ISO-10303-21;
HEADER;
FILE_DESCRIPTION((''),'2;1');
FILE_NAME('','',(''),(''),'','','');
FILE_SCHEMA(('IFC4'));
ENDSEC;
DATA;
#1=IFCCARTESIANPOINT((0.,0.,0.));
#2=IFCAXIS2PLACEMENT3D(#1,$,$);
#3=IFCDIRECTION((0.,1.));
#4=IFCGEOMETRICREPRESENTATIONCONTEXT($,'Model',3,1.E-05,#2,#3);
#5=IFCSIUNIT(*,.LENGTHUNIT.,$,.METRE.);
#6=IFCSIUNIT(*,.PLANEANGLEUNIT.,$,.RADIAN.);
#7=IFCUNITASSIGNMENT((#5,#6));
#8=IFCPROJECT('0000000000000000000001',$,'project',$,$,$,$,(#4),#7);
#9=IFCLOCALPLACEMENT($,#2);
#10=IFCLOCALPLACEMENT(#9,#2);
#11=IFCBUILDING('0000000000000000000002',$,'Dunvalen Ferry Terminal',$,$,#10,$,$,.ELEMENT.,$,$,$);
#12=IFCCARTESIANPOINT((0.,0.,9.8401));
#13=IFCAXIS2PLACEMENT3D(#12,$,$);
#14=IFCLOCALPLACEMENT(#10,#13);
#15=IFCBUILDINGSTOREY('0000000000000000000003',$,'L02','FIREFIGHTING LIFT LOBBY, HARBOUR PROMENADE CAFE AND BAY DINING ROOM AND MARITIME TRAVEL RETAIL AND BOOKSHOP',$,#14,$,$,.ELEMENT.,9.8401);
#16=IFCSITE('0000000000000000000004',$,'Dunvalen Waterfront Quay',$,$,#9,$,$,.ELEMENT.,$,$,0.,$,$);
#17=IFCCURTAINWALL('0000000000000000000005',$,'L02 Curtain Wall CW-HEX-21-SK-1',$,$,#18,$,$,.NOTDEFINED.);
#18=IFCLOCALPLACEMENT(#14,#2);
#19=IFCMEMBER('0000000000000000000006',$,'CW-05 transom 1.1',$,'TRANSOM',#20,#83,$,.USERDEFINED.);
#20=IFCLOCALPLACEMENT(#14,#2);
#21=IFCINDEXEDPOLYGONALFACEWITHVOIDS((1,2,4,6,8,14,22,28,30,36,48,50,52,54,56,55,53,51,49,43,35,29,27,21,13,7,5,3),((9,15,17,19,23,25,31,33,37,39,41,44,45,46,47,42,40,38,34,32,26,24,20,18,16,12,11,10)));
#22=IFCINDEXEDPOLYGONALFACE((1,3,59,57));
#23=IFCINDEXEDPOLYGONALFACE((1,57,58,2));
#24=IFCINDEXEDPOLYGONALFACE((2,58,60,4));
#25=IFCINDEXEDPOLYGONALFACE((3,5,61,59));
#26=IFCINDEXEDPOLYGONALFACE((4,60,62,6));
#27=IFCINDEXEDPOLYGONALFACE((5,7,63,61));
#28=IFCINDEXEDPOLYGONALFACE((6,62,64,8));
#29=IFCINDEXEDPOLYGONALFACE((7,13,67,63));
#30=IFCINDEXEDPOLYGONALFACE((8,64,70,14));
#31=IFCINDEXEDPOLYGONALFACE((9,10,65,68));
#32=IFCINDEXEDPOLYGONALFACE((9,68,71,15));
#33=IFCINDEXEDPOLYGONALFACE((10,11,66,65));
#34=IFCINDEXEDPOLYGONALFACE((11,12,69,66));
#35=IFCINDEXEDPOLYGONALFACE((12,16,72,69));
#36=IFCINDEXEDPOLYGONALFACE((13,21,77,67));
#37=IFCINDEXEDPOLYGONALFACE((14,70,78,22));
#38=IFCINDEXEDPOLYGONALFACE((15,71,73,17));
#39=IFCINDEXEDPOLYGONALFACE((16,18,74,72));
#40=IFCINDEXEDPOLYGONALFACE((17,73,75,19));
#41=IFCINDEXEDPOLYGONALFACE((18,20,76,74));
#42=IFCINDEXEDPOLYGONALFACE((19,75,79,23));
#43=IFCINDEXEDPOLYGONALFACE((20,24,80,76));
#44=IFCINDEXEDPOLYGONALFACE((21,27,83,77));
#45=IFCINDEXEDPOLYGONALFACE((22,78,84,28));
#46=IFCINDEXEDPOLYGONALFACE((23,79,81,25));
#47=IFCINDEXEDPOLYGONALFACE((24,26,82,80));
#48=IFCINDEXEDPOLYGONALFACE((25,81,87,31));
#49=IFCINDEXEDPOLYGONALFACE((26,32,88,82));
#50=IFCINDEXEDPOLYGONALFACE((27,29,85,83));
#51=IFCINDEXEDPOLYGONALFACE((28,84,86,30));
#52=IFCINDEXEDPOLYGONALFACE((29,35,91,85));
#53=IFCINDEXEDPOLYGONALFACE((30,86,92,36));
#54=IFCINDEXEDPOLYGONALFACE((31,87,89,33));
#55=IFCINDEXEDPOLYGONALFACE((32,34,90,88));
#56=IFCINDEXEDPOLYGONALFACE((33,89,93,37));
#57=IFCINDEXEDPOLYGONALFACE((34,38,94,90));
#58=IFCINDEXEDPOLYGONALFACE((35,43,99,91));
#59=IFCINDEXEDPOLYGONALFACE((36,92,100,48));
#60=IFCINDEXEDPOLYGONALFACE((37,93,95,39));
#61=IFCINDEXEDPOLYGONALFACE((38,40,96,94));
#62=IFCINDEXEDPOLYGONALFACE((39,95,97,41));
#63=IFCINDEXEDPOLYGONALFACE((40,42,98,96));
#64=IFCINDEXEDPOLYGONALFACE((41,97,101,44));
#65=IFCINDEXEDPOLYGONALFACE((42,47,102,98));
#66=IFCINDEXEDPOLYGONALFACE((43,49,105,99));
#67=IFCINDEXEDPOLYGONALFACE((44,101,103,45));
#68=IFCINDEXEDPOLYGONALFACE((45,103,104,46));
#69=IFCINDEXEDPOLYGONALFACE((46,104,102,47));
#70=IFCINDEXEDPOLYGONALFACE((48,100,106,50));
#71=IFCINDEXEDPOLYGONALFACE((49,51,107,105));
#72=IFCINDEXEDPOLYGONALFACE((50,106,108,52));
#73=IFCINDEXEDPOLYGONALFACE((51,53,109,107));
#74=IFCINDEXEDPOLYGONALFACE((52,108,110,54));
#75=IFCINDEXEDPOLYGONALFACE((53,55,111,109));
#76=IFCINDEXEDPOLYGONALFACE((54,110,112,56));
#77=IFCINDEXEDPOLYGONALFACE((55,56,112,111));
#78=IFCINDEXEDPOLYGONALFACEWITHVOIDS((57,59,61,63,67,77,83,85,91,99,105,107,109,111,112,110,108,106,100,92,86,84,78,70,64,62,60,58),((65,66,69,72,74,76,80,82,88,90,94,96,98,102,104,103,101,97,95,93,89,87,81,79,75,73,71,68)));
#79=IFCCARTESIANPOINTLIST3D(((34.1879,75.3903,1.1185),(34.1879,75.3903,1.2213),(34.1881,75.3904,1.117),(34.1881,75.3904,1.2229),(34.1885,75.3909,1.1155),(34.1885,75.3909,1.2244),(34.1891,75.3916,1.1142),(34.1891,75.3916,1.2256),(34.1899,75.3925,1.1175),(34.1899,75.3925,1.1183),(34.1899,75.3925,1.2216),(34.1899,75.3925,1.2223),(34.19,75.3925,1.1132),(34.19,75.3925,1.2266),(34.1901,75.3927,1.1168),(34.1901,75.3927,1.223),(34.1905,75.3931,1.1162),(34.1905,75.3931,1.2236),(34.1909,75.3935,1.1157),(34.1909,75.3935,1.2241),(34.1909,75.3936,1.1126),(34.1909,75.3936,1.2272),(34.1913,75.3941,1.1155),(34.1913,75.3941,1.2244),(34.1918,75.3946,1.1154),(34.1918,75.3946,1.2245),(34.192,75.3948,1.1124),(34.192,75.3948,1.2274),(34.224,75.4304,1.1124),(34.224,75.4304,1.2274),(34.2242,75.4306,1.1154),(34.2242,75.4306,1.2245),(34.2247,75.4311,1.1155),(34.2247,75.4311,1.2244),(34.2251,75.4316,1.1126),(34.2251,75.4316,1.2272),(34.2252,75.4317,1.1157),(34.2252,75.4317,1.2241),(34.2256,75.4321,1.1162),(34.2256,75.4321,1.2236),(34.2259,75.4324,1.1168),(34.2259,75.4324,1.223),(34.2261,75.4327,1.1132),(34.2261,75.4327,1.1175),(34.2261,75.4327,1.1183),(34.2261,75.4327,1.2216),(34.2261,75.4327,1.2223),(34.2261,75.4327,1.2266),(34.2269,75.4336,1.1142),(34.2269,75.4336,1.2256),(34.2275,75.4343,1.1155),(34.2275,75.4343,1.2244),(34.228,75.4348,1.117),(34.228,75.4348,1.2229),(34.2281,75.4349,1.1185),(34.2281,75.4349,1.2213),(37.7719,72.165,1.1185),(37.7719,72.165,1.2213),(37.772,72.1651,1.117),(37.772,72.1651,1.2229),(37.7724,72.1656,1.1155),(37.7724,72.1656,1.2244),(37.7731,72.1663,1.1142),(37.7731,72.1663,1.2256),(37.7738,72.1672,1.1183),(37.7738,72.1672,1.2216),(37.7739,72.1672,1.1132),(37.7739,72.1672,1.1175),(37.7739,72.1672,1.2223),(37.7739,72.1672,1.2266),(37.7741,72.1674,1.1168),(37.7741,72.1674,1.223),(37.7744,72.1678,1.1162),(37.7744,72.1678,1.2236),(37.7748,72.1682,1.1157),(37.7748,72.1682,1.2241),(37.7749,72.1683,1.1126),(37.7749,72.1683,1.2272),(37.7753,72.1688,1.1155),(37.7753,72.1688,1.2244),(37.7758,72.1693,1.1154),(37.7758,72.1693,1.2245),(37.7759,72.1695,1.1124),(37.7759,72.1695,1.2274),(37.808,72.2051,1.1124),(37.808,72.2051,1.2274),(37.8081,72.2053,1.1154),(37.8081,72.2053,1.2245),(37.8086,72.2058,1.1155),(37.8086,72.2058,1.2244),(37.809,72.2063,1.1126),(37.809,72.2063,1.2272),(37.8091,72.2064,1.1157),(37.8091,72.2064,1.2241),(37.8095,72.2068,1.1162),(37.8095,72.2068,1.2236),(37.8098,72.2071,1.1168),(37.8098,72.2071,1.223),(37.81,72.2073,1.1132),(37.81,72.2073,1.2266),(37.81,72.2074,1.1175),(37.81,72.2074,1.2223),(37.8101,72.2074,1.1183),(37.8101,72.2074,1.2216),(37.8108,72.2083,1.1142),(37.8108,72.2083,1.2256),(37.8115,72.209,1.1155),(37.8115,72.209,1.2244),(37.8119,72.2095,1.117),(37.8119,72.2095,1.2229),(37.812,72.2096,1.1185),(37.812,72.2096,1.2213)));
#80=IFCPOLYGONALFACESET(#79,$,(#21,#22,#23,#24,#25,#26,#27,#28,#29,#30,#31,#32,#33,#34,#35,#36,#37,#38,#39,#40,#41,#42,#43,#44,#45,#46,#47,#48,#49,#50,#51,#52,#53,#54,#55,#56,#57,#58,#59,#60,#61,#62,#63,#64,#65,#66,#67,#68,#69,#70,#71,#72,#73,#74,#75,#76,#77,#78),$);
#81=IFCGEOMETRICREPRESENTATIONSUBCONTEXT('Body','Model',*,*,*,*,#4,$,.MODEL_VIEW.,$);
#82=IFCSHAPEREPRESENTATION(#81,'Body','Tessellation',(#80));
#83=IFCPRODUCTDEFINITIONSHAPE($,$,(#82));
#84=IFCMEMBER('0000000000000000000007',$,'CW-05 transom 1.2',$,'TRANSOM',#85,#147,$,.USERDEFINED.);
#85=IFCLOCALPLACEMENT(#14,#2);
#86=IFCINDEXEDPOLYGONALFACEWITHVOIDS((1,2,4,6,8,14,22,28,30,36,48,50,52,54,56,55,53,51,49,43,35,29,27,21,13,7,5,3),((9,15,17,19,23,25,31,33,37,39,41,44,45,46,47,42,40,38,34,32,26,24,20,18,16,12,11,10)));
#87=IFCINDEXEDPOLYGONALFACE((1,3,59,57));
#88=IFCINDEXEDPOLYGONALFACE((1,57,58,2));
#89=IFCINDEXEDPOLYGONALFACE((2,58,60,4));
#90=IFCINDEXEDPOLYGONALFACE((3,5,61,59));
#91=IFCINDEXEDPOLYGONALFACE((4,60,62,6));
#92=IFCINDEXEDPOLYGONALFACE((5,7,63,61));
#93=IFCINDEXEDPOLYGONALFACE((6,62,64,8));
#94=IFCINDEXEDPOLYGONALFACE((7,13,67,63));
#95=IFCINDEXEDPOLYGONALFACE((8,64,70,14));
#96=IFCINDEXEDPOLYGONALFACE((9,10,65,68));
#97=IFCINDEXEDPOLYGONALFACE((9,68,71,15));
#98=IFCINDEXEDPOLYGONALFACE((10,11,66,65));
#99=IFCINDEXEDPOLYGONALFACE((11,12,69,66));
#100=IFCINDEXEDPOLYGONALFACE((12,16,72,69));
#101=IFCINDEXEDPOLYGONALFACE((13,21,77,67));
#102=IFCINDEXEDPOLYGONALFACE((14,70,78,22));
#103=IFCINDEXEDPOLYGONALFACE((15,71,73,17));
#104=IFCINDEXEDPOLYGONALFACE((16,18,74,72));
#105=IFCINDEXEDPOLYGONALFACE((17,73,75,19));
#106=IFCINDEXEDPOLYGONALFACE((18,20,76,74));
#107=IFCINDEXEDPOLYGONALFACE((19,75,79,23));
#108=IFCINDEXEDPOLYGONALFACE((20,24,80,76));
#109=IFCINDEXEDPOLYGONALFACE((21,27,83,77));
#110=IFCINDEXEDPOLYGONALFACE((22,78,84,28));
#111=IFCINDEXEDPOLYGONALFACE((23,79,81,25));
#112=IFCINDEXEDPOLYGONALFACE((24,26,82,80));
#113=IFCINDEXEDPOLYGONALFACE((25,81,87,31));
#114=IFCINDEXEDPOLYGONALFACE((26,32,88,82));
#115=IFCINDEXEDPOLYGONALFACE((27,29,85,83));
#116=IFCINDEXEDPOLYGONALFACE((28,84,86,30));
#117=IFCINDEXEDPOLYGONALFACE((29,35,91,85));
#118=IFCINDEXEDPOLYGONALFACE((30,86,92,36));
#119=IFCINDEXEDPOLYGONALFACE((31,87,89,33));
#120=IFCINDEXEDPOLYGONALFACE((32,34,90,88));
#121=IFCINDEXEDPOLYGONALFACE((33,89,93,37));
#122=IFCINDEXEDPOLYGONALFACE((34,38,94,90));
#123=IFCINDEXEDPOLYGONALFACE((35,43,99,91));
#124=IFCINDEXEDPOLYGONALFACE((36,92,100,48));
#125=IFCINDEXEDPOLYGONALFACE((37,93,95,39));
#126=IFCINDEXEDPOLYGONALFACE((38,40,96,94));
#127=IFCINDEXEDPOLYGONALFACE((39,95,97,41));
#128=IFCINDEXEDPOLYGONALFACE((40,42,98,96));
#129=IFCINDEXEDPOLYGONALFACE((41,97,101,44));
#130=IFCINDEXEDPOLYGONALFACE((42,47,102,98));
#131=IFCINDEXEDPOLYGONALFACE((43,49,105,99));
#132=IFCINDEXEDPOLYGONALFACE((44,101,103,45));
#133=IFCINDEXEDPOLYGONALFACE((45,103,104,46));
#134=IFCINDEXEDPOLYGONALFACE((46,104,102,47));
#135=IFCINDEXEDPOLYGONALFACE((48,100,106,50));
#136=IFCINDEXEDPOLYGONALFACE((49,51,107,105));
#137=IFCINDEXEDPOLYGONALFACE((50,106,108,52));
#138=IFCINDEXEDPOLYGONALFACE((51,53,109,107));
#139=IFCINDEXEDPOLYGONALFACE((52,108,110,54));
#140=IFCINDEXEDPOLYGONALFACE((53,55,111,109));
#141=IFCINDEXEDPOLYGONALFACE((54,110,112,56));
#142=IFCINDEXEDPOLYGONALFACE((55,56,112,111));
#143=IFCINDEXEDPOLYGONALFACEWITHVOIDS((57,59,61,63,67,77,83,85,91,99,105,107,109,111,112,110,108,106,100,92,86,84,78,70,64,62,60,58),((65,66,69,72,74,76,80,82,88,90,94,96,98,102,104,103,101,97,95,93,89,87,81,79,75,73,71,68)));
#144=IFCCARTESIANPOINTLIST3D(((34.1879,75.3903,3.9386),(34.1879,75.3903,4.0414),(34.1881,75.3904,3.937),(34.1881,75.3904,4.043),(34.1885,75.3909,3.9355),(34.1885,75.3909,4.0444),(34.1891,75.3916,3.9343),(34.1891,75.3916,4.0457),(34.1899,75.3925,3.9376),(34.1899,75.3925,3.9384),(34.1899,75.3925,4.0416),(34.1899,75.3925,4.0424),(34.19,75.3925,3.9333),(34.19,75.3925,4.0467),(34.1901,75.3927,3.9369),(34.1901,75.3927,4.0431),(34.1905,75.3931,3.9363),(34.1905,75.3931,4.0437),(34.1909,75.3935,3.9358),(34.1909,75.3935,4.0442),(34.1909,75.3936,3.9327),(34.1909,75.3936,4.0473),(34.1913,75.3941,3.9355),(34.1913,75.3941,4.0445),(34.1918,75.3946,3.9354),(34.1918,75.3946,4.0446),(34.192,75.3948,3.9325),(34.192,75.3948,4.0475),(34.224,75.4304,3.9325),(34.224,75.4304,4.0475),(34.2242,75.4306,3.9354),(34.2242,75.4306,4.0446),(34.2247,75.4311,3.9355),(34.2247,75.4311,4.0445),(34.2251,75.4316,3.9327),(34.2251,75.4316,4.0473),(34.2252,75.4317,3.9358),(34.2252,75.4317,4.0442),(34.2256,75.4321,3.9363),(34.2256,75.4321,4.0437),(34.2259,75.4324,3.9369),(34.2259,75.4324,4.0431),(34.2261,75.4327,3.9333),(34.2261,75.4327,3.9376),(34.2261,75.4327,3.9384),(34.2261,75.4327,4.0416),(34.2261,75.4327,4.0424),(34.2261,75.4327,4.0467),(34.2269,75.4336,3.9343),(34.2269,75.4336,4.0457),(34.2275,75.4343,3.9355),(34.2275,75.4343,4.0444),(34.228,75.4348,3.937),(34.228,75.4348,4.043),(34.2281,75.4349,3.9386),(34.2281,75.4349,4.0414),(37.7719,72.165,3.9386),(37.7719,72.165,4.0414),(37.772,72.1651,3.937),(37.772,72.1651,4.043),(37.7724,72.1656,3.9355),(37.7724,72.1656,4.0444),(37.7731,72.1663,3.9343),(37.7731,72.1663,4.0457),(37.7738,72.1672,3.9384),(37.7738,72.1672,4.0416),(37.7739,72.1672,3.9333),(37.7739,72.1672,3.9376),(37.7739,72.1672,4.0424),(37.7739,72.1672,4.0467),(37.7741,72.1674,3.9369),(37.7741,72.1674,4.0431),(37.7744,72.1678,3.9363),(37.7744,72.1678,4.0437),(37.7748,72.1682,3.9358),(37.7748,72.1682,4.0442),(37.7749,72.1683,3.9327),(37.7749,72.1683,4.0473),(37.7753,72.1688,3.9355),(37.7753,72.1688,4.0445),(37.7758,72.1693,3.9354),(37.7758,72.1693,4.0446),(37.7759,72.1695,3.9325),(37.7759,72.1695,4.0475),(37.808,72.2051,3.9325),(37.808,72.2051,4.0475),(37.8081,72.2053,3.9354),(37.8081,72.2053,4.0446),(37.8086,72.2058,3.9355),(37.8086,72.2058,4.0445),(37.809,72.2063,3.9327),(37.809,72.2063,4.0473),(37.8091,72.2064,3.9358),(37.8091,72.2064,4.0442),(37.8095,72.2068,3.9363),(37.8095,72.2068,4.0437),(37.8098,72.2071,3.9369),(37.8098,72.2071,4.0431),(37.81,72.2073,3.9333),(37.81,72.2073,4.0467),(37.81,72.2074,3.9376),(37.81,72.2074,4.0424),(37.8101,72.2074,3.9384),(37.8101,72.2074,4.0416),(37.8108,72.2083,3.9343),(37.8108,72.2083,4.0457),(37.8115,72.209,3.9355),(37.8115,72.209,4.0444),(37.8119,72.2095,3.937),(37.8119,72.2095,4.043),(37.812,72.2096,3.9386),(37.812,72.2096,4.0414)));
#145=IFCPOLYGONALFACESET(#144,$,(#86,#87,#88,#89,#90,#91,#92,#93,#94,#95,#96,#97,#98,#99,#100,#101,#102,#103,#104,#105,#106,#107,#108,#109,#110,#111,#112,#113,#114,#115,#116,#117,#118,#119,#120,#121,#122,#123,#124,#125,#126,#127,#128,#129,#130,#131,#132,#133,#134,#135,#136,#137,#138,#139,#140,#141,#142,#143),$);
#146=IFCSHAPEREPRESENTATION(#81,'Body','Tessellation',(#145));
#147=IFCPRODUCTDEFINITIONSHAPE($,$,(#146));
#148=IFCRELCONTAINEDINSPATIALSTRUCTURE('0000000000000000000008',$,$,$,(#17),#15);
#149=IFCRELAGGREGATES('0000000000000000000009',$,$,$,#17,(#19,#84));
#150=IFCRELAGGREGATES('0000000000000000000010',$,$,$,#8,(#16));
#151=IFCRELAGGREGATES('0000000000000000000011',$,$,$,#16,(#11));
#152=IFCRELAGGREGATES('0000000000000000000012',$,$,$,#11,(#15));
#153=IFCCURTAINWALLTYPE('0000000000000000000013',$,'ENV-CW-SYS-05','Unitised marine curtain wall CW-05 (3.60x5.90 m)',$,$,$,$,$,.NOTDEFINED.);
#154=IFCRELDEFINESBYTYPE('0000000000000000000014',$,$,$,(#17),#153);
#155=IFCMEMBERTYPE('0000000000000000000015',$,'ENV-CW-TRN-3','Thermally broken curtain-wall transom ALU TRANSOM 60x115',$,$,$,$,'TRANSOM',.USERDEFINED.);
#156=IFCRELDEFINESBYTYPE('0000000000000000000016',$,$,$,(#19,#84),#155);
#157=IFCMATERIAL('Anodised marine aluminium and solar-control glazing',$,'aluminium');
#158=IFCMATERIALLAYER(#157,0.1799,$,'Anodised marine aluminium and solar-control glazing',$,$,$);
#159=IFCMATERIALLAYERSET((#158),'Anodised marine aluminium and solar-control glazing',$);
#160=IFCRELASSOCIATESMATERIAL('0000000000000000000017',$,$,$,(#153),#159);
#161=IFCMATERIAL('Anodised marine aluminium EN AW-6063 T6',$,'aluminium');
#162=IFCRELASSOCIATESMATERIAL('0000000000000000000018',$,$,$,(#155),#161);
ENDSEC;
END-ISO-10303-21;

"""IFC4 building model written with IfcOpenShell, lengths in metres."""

from ifc_helpers import new_model, si_unit, direction, frame, origin, origin_2d, place, context, subcontext, project, spatial, hollow_rectangle, extrude, material, layer, layer_set, material_profile, profile_set, type_object, element, aggregate, save


model = new_model("IFC4")

# Units and contexts
model_context = context("Model", 3, precision=1e-05, world=origin(), true_north=direction((0.0, 1.0)))
body_context = subcontext(model_context, "Body", "Model", "MODEL_VIEW")
ifc_project = project(units=[si_unit("LENGTHUNIT", "METRE"), si_unit("PLANEANGLEUNIT", "RADIAN")], contexts=[model_context])

# Site, building, storey
site_placement = place(None, origin())
site = spatial("IfcSite", under=ifc_project, at=site_placement, Name="Dunvalen Waterfront Quay", CompositionType="ELEMENT", RefElevation=0.0)
building_placement = place(site_placement, origin())
building = spatial("IfcBuilding", under=site, at=building_placement, Name="Dunvalen Ferry Terminal", CompositionType="ELEMENT")
storey_placement = place(building_placement, frame((0.0, 0.0, 9.8401)))
storey = spatial("IfcBuildingStorey", under=building, at=storey_placement, Name="L02", Description="FIREFIGHTING LIFT LOBBY, HARBOUR PROMENADE CAFE AND BAY DINING ROOM AND MARITIME TRAVEL RETAIL AND BOOKSHOP", CompositionType="ELEMENT", Elevation=9.8401)

# Curtain wall, members
ifc_material_1 = material(Name="Anodised marine aluminium and solar-control glazing", Category="aluminium")
ifc_layer_1 = layer(ifc_material_1, 0.1799, Name="Anodised marine aluminium and solar-control glazing")
ifc_layer_set_1 = layer_set([ifc_layer_1], Name="Anodised marine aluminium and solar-control glazing")
curtain_wall_type = type_object("IfcCurtainWallType", Name="ENV-CW-SYS-05", Description="Unitised marine curtain wall CW-05 (3.60x5.90 m)", PredefinedType="NOTDEFINED", material=ifc_layer_set_1)
curtain_wall_placement = place(storey_placement, origin())
curtain_wall = element("IfcCurtainWall", 1, at=curtain_wall_placement, inside=storey, type_object=curtain_wall_type, Name="L02 Curtain Wall CW-HEX-21-SK-1", PredefinedType="NOTDEFINED")
ifc_material_2 = material(Name="Anodised marine aluminium EN AW-6063 T6", Category="aluminium")
ifc_material_profile_1 = material_profile(ifc_material_2, hollow_rectangle(XDim=0.0601, YDim=0.115, WallThickness=0.0029, InnerFilletRadius=0.0029, OuterFilletRadius=0.0061, at=origin_2d()), Name="Anodised marine aluminium EN AW-6063 T6")
ifc_profile_set_1 = profile_set([ifc_material_profile_1], Name="Anodised marine aluminium EN AW-6063 T6")
member_type_1 = type_object("IfcMemberType", Name="ENV-CW-TRN-3", Description="Thermally broken curtain-wall transom ALU TRANSOM 60x115", ElementType="TRANSOM", PredefinedType="USERDEFINED", material=ifc_profile_set_1)
member_1_placement = place(storey_placement, frame((34.208, 75.4126, 1.1699), z_axis=(0.743319, -0.668937, 0.0), x_axis=(0.668937, 0.743319, 0.0)))
member_1 = element("IfcMember", 2, at=member_1_placement, type_object=member_type_1, Name="CW-05 transom 1.1", ObjectType="TRANSOM", PredefinedType="USERDEFINED", context=body_context, shape_type="SweptSolid", body=[
    extrude(hollow_rectangle(XDim=0.0601, YDim=0.115, WallThickness=0.0029, InnerFilletRadius=0.0029, OuterFilletRadius=0.0061, at=origin_2d()), origin(), (0.0, 0.0, 1.0), 4.8215),
])
member_2_placement = place(storey_placement, frame((34.208, 75.4126, 3.99), z_axis=(0.743319, -0.668937, 0.0), x_axis=(0.668937, 0.743319, 0.0)))
member_2 = element("IfcMember", 3, at=member_2_placement, type_object=member_type_1, Name="CW-05 transom 1.2", ObjectType="TRANSOM", PredefinedType="USERDEFINED", context=body_context, shape_type="SweptSolid", body=[
    extrude(hollow_rectangle(XDim=0.0601, YDim=0.115, WallThickness=0.0029, InnerFilletRadius=0.0029, OuterFilletRadius=0.0061, at=origin_2d()), origin(), (0.0, 0.0, 1.0), 4.8215),
])

aggregate(curtain_wall, [member_1, member_2])

save(model, "model.ifc")
